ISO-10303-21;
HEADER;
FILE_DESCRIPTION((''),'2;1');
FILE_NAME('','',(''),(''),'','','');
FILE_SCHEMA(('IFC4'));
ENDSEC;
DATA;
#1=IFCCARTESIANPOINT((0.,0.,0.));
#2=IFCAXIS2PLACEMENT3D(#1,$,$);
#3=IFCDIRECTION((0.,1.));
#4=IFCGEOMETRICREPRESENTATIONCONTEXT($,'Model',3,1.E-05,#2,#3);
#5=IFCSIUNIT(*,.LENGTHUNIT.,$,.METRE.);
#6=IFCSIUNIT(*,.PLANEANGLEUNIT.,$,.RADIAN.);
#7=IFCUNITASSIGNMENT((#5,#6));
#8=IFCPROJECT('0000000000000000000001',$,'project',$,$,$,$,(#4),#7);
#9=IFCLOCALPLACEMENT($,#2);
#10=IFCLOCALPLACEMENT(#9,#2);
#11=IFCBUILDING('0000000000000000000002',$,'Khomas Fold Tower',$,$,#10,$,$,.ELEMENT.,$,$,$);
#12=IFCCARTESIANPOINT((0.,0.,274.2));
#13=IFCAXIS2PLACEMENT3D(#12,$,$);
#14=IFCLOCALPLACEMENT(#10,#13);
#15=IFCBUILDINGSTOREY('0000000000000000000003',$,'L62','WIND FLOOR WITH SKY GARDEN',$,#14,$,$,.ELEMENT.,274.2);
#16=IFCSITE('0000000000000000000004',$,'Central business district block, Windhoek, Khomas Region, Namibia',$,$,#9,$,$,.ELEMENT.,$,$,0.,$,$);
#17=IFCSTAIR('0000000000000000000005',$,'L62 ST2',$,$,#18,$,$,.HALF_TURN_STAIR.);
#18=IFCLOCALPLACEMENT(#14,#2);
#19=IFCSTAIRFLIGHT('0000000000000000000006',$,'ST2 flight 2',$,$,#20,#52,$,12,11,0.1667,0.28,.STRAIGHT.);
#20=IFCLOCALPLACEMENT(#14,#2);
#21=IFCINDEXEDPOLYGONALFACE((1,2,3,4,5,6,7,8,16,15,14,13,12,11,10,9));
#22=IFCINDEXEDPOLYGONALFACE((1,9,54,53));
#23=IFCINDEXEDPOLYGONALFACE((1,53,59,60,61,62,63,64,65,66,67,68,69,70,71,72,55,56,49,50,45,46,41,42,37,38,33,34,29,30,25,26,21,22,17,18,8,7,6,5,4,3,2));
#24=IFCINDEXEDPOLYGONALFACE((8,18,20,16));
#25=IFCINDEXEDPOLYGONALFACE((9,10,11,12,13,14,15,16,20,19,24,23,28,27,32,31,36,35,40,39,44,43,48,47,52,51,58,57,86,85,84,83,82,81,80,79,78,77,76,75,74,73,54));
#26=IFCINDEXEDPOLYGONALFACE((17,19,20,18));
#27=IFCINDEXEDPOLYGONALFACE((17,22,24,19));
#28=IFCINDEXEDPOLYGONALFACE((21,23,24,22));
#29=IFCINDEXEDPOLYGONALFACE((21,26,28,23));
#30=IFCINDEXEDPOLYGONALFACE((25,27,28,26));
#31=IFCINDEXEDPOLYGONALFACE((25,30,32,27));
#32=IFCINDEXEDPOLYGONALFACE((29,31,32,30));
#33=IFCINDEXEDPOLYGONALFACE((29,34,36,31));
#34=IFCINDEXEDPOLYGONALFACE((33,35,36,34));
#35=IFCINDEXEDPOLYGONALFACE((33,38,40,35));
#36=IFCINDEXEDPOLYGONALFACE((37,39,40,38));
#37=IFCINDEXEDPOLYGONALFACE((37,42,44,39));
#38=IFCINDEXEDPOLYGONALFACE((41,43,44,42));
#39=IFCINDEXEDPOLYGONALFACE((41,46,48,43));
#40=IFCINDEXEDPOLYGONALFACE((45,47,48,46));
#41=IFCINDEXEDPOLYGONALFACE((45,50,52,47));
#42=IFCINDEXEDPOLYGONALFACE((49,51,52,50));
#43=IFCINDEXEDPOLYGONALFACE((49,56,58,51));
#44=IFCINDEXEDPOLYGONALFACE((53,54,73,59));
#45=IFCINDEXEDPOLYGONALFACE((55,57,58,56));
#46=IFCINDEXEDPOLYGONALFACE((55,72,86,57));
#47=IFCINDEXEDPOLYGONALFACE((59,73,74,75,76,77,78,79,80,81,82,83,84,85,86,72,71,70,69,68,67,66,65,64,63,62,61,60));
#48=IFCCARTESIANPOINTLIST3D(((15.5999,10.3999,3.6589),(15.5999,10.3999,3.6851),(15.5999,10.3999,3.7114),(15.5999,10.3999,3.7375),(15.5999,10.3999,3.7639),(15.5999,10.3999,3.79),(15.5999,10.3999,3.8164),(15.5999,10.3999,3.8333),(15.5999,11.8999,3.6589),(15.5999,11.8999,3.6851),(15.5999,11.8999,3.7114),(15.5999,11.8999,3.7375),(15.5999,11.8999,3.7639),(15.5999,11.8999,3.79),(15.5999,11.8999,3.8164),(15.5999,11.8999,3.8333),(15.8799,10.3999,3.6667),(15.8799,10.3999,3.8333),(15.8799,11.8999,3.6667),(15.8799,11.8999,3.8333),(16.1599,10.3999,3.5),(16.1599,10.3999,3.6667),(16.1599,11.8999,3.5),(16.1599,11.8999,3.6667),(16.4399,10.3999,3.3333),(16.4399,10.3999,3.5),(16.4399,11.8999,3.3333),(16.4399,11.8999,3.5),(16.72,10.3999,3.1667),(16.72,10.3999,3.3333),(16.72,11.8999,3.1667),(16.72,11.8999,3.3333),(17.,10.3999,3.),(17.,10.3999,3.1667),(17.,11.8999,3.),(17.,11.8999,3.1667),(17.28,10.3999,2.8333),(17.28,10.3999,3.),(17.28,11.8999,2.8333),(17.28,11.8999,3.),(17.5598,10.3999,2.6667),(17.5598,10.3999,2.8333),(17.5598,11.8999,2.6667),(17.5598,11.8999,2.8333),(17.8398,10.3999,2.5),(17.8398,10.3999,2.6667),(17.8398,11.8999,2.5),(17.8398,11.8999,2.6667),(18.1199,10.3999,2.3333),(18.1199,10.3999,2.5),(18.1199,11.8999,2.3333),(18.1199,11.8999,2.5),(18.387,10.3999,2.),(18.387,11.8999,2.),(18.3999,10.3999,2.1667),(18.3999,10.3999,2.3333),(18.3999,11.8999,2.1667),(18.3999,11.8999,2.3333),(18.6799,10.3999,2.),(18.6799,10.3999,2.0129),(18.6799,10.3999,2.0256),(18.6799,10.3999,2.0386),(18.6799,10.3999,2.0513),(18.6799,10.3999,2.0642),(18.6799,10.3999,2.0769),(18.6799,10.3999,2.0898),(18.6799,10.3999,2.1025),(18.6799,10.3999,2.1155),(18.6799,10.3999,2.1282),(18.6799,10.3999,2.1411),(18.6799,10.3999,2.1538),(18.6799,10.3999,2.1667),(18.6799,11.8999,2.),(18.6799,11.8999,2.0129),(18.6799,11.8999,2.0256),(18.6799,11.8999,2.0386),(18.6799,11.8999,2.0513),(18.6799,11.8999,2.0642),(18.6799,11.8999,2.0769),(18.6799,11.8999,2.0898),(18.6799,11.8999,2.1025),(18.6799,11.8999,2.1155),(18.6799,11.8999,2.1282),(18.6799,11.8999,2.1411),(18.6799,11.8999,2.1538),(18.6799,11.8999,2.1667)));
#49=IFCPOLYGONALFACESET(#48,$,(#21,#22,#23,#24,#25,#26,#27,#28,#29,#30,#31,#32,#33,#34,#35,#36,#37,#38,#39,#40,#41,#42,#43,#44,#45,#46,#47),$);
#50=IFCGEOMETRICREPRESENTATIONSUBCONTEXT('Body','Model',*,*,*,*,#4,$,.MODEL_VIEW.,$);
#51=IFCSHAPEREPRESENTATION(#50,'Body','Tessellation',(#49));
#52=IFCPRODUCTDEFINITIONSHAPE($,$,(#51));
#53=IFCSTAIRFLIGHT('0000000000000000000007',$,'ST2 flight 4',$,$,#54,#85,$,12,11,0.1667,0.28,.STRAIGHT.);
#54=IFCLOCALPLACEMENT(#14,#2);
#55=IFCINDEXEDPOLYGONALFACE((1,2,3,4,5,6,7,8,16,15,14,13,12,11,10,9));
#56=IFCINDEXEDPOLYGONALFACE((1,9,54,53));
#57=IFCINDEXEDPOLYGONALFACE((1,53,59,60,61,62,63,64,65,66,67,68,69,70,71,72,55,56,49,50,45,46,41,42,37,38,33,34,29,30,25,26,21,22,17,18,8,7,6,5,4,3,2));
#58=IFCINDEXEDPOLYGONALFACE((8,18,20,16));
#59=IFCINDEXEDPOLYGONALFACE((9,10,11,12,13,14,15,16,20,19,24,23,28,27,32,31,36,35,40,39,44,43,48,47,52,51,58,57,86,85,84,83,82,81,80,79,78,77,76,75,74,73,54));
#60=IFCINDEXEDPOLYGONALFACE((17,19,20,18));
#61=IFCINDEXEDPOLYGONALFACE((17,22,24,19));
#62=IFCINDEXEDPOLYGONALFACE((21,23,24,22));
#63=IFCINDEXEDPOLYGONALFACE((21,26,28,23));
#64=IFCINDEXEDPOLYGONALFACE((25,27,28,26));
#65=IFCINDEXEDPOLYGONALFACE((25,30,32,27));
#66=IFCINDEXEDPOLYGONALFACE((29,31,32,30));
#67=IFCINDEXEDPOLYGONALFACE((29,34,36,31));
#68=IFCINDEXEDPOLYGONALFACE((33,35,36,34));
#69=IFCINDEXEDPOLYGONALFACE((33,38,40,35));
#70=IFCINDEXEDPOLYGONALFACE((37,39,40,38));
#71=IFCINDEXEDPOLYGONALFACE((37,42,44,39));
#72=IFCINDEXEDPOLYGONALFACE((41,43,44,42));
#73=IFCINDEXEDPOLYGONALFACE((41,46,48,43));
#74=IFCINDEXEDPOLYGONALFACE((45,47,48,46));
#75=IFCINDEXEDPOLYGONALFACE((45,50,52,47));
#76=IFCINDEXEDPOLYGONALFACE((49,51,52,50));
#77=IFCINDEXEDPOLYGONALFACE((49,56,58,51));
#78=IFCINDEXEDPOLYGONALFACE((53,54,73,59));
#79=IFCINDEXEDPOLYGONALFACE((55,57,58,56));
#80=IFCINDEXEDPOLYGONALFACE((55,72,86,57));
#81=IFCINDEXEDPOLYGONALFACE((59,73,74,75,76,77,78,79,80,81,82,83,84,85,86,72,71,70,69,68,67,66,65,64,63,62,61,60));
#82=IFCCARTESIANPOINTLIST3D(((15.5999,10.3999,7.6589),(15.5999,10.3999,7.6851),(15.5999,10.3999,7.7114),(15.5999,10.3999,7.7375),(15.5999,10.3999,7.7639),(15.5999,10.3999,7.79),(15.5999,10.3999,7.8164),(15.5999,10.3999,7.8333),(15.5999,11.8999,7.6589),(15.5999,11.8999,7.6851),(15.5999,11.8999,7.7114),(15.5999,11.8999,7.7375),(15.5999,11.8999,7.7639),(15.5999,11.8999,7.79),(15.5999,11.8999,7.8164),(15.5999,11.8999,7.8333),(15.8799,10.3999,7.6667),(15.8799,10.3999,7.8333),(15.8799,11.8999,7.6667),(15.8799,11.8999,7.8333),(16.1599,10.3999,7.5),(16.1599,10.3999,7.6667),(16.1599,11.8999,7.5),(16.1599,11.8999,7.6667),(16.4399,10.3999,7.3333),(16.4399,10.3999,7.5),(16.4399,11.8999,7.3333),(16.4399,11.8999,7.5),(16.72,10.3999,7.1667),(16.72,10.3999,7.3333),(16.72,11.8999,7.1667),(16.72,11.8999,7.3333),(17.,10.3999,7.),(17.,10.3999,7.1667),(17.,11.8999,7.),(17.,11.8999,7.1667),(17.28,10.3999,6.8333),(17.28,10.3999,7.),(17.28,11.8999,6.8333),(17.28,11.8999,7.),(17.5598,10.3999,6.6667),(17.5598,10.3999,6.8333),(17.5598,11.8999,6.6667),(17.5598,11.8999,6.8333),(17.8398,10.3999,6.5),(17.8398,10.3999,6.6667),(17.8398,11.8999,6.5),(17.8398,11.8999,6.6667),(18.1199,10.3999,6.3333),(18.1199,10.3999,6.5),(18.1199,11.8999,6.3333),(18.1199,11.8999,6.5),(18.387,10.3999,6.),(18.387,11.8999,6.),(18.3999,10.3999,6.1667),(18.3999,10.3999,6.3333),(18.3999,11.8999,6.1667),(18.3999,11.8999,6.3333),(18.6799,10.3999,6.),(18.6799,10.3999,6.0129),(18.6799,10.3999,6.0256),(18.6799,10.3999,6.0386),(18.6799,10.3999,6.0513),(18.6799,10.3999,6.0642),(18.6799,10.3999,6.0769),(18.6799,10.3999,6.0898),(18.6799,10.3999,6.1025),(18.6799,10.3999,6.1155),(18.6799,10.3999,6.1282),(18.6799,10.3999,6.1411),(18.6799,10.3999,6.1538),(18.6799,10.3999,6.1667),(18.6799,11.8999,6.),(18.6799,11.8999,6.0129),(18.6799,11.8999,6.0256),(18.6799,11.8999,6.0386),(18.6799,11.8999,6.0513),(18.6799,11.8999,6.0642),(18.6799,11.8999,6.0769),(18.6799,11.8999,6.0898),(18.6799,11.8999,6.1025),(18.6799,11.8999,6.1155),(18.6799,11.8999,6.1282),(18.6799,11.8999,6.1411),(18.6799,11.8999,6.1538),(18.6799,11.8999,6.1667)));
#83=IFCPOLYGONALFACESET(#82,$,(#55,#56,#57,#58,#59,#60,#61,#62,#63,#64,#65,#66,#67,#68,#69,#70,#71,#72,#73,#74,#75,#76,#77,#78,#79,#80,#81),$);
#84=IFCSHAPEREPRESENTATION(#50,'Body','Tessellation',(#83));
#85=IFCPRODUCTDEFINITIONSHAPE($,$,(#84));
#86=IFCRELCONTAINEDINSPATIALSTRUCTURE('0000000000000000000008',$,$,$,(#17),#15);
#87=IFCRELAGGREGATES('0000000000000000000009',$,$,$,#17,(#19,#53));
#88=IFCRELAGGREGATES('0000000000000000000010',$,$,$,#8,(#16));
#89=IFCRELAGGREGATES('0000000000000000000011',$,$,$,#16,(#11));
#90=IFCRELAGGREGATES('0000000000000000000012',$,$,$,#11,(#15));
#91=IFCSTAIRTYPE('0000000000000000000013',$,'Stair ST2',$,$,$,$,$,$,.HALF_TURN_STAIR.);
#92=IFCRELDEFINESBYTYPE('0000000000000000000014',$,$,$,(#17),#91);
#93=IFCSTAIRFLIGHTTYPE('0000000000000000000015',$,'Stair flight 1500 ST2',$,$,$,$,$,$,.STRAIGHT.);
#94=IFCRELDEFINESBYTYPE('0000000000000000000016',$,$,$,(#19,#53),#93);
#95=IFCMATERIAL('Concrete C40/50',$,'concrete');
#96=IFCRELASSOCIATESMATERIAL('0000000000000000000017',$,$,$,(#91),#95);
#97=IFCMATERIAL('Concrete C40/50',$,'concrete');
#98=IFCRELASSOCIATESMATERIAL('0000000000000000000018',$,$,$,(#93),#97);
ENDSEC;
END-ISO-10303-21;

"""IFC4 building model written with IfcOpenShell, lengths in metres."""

from ifc_helpers import new_model, si_unit, direction, frame, origin, place, context, subcontext, project, spatial, polyline, outline, extrude, source, transform, mapped, material, type_object, element, aggregate, save


model = new_model("IFC4")

# Units and contexts
model_context = context("Model", 3, precision=1e-05, world=origin(), true_north=direction((0.0, 1.0)))
body_context = subcontext(model_context, "Body", "Model", "MODEL_VIEW")
ifc_project = project(units=[si_unit("LENGTHUNIT", "METRE"), si_unit("PLANEANGLEUNIT", "RADIAN")], contexts=[model_context])

# Site, building, storey
site_placement = place(None, origin())
site = spatial("IfcSite", under=ifc_project, at=site_placement, Name="Central business district block, Windhoek, Khomas Region, Namibia", CompositionType="ELEMENT", RefElevation=0.0)
building_placement = place(site_placement, origin())
building = spatial("IfcBuilding", under=site, at=building_placement, Name="Khomas Fold Tower", CompositionType="ELEMENT")
storey_placement = place(building_placement, frame((0.0, 0.0, 274.2)))
storey = spatial("IfcBuildingStorey", under=building, at=storey_placement, Name="L62", Description="WIND FLOOR WITH SKY GARDEN", CompositionType="ELEMENT", Elevation=274.2)

# Stair, stair flights
ifc_material_1 = material(Name="Concrete C40/50", Category="concrete")
stair_type = type_object("IfcStairType", Name="Stair ST2", PredefinedType="HALF_TURN_STAIR", material=ifc_material_1)
stair_placement = place(storey_placement, origin())
stair = element("IfcStair", 1, at=stair_placement, inside=storey, type_object=stair_type, Name="L62 ST2", PredefinedType="HALF_TURN_STAIR")
ifc_material_2 = material(Name="Concrete C40/50", Category="concrete")
stair_flight_type = type_object("IfcStairFlightType", Name="Stair flight 1500 ST2", PredefinedType="STRAIGHT", material=ifc_material_2)
shared_shape_1 = source(origin(), body_context, "Body", "SweptSolid", [
    extrude(outline(polyline([(0.0, 0.0), (0.0, 0.0129), (0.0, 0.0256), (0.0, 0.0386), (0.0, 0.0513), (0.0, 0.0642), (0.0, 0.0769), (0.0, 0.0898), (0.0, 0.1025), (0.0, 0.1155), (0.0, 0.1282), (0.0, 0.1411), (0.0, 0.1538), (0.0, 0.1667), (0.28, 0.1667), (0.28, 0.3333), (0.5601, 0.3333), (0.5601, 0.5), (0.8401, 0.5), (0.8401, 0.6667), (1.1201, 0.6667), (1.1201, 0.8333), (1.3999, 0.8333), (1.3999, 1.0), (1.6799, 1.0), (1.6799, 1.1667), (1.96, 1.1667), (1.96, 1.3333), (2.24, 1.3333), (2.24, 1.5), (2.52, 1.5), (2.52, 1.6667), (2.8, 1.6667), (2.8, 1.8333), (3.0801, 1.8333), (3.0801, 2.0), (3.0801, 1.9739), (3.0801, 1.9475), (3.0801, 1.9214), (3.0801, 1.895), (3.0801, 1.8689), (3.0801, 1.8425), (3.0801, 1.8164), (3.0801, 1.79), (3.0801, 1.7639), (3.0801, 1.7375), (3.0801, 1.7114), (3.0801, 1.6851), (3.0801, 1.6589), (0.293, 0.0), (0.0, 0.0)])), frame((0.0, 0.75, 0.0), z_axis=(0.0, -1.0, 0.0), x_axis=(1.0, 0.0, 0.0)), (0.0, 0.0, 1.0), 1.5),
])
stair_flight_1_placement = place(storey_placement, frame((18.6799, 11.1499, 2.0), z_axis=(0.0, 0.0, 1.0), x_axis=(-1.0, 0.0, 0.0)))
stair_flight_1 = element("IfcStairFlight", 2, at=stair_flight_1_placement, type_object=stair_flight_type, Name="ST2 flight 2", NumberOfRisers=12, NumberOfTreads=11, PredefinedType="STRAIGHT", RiserHeight=0.1667, TreadLength=0.28, context=body_context, shape_type="MappedRepresentation", body=[
    mapped(shared_shape_1, transform((0.0, 0.0, 0.0))),
])
stair_flight_2_placement = place(storey_placement, frame((18.6799, 11.1499, 6.0), z_axis=(0.0, 0.0, 1.0), x_axis=(-1.0, 0.0, 0.0)))
stair_flight_2 = element("IfcStairFlight", 3, at=stair_flight_2_placement, type_object=stair_flight_type, Name="ST2 flight 4", NumberOfRisers=12, NumberOfTreads=11, PredefinedType="STRAIGHT", RiserHeight=0.1667, TreadLength=0.28, context=body_context, shape_type="MappedRepresentation", body=[
    mapped(shared_shape_1, transform((0.0, 0.0, 0.0))),
])
aggregate(stair, [stair_flight_1, stair_flight_2])

save(model, "model.ifc")
